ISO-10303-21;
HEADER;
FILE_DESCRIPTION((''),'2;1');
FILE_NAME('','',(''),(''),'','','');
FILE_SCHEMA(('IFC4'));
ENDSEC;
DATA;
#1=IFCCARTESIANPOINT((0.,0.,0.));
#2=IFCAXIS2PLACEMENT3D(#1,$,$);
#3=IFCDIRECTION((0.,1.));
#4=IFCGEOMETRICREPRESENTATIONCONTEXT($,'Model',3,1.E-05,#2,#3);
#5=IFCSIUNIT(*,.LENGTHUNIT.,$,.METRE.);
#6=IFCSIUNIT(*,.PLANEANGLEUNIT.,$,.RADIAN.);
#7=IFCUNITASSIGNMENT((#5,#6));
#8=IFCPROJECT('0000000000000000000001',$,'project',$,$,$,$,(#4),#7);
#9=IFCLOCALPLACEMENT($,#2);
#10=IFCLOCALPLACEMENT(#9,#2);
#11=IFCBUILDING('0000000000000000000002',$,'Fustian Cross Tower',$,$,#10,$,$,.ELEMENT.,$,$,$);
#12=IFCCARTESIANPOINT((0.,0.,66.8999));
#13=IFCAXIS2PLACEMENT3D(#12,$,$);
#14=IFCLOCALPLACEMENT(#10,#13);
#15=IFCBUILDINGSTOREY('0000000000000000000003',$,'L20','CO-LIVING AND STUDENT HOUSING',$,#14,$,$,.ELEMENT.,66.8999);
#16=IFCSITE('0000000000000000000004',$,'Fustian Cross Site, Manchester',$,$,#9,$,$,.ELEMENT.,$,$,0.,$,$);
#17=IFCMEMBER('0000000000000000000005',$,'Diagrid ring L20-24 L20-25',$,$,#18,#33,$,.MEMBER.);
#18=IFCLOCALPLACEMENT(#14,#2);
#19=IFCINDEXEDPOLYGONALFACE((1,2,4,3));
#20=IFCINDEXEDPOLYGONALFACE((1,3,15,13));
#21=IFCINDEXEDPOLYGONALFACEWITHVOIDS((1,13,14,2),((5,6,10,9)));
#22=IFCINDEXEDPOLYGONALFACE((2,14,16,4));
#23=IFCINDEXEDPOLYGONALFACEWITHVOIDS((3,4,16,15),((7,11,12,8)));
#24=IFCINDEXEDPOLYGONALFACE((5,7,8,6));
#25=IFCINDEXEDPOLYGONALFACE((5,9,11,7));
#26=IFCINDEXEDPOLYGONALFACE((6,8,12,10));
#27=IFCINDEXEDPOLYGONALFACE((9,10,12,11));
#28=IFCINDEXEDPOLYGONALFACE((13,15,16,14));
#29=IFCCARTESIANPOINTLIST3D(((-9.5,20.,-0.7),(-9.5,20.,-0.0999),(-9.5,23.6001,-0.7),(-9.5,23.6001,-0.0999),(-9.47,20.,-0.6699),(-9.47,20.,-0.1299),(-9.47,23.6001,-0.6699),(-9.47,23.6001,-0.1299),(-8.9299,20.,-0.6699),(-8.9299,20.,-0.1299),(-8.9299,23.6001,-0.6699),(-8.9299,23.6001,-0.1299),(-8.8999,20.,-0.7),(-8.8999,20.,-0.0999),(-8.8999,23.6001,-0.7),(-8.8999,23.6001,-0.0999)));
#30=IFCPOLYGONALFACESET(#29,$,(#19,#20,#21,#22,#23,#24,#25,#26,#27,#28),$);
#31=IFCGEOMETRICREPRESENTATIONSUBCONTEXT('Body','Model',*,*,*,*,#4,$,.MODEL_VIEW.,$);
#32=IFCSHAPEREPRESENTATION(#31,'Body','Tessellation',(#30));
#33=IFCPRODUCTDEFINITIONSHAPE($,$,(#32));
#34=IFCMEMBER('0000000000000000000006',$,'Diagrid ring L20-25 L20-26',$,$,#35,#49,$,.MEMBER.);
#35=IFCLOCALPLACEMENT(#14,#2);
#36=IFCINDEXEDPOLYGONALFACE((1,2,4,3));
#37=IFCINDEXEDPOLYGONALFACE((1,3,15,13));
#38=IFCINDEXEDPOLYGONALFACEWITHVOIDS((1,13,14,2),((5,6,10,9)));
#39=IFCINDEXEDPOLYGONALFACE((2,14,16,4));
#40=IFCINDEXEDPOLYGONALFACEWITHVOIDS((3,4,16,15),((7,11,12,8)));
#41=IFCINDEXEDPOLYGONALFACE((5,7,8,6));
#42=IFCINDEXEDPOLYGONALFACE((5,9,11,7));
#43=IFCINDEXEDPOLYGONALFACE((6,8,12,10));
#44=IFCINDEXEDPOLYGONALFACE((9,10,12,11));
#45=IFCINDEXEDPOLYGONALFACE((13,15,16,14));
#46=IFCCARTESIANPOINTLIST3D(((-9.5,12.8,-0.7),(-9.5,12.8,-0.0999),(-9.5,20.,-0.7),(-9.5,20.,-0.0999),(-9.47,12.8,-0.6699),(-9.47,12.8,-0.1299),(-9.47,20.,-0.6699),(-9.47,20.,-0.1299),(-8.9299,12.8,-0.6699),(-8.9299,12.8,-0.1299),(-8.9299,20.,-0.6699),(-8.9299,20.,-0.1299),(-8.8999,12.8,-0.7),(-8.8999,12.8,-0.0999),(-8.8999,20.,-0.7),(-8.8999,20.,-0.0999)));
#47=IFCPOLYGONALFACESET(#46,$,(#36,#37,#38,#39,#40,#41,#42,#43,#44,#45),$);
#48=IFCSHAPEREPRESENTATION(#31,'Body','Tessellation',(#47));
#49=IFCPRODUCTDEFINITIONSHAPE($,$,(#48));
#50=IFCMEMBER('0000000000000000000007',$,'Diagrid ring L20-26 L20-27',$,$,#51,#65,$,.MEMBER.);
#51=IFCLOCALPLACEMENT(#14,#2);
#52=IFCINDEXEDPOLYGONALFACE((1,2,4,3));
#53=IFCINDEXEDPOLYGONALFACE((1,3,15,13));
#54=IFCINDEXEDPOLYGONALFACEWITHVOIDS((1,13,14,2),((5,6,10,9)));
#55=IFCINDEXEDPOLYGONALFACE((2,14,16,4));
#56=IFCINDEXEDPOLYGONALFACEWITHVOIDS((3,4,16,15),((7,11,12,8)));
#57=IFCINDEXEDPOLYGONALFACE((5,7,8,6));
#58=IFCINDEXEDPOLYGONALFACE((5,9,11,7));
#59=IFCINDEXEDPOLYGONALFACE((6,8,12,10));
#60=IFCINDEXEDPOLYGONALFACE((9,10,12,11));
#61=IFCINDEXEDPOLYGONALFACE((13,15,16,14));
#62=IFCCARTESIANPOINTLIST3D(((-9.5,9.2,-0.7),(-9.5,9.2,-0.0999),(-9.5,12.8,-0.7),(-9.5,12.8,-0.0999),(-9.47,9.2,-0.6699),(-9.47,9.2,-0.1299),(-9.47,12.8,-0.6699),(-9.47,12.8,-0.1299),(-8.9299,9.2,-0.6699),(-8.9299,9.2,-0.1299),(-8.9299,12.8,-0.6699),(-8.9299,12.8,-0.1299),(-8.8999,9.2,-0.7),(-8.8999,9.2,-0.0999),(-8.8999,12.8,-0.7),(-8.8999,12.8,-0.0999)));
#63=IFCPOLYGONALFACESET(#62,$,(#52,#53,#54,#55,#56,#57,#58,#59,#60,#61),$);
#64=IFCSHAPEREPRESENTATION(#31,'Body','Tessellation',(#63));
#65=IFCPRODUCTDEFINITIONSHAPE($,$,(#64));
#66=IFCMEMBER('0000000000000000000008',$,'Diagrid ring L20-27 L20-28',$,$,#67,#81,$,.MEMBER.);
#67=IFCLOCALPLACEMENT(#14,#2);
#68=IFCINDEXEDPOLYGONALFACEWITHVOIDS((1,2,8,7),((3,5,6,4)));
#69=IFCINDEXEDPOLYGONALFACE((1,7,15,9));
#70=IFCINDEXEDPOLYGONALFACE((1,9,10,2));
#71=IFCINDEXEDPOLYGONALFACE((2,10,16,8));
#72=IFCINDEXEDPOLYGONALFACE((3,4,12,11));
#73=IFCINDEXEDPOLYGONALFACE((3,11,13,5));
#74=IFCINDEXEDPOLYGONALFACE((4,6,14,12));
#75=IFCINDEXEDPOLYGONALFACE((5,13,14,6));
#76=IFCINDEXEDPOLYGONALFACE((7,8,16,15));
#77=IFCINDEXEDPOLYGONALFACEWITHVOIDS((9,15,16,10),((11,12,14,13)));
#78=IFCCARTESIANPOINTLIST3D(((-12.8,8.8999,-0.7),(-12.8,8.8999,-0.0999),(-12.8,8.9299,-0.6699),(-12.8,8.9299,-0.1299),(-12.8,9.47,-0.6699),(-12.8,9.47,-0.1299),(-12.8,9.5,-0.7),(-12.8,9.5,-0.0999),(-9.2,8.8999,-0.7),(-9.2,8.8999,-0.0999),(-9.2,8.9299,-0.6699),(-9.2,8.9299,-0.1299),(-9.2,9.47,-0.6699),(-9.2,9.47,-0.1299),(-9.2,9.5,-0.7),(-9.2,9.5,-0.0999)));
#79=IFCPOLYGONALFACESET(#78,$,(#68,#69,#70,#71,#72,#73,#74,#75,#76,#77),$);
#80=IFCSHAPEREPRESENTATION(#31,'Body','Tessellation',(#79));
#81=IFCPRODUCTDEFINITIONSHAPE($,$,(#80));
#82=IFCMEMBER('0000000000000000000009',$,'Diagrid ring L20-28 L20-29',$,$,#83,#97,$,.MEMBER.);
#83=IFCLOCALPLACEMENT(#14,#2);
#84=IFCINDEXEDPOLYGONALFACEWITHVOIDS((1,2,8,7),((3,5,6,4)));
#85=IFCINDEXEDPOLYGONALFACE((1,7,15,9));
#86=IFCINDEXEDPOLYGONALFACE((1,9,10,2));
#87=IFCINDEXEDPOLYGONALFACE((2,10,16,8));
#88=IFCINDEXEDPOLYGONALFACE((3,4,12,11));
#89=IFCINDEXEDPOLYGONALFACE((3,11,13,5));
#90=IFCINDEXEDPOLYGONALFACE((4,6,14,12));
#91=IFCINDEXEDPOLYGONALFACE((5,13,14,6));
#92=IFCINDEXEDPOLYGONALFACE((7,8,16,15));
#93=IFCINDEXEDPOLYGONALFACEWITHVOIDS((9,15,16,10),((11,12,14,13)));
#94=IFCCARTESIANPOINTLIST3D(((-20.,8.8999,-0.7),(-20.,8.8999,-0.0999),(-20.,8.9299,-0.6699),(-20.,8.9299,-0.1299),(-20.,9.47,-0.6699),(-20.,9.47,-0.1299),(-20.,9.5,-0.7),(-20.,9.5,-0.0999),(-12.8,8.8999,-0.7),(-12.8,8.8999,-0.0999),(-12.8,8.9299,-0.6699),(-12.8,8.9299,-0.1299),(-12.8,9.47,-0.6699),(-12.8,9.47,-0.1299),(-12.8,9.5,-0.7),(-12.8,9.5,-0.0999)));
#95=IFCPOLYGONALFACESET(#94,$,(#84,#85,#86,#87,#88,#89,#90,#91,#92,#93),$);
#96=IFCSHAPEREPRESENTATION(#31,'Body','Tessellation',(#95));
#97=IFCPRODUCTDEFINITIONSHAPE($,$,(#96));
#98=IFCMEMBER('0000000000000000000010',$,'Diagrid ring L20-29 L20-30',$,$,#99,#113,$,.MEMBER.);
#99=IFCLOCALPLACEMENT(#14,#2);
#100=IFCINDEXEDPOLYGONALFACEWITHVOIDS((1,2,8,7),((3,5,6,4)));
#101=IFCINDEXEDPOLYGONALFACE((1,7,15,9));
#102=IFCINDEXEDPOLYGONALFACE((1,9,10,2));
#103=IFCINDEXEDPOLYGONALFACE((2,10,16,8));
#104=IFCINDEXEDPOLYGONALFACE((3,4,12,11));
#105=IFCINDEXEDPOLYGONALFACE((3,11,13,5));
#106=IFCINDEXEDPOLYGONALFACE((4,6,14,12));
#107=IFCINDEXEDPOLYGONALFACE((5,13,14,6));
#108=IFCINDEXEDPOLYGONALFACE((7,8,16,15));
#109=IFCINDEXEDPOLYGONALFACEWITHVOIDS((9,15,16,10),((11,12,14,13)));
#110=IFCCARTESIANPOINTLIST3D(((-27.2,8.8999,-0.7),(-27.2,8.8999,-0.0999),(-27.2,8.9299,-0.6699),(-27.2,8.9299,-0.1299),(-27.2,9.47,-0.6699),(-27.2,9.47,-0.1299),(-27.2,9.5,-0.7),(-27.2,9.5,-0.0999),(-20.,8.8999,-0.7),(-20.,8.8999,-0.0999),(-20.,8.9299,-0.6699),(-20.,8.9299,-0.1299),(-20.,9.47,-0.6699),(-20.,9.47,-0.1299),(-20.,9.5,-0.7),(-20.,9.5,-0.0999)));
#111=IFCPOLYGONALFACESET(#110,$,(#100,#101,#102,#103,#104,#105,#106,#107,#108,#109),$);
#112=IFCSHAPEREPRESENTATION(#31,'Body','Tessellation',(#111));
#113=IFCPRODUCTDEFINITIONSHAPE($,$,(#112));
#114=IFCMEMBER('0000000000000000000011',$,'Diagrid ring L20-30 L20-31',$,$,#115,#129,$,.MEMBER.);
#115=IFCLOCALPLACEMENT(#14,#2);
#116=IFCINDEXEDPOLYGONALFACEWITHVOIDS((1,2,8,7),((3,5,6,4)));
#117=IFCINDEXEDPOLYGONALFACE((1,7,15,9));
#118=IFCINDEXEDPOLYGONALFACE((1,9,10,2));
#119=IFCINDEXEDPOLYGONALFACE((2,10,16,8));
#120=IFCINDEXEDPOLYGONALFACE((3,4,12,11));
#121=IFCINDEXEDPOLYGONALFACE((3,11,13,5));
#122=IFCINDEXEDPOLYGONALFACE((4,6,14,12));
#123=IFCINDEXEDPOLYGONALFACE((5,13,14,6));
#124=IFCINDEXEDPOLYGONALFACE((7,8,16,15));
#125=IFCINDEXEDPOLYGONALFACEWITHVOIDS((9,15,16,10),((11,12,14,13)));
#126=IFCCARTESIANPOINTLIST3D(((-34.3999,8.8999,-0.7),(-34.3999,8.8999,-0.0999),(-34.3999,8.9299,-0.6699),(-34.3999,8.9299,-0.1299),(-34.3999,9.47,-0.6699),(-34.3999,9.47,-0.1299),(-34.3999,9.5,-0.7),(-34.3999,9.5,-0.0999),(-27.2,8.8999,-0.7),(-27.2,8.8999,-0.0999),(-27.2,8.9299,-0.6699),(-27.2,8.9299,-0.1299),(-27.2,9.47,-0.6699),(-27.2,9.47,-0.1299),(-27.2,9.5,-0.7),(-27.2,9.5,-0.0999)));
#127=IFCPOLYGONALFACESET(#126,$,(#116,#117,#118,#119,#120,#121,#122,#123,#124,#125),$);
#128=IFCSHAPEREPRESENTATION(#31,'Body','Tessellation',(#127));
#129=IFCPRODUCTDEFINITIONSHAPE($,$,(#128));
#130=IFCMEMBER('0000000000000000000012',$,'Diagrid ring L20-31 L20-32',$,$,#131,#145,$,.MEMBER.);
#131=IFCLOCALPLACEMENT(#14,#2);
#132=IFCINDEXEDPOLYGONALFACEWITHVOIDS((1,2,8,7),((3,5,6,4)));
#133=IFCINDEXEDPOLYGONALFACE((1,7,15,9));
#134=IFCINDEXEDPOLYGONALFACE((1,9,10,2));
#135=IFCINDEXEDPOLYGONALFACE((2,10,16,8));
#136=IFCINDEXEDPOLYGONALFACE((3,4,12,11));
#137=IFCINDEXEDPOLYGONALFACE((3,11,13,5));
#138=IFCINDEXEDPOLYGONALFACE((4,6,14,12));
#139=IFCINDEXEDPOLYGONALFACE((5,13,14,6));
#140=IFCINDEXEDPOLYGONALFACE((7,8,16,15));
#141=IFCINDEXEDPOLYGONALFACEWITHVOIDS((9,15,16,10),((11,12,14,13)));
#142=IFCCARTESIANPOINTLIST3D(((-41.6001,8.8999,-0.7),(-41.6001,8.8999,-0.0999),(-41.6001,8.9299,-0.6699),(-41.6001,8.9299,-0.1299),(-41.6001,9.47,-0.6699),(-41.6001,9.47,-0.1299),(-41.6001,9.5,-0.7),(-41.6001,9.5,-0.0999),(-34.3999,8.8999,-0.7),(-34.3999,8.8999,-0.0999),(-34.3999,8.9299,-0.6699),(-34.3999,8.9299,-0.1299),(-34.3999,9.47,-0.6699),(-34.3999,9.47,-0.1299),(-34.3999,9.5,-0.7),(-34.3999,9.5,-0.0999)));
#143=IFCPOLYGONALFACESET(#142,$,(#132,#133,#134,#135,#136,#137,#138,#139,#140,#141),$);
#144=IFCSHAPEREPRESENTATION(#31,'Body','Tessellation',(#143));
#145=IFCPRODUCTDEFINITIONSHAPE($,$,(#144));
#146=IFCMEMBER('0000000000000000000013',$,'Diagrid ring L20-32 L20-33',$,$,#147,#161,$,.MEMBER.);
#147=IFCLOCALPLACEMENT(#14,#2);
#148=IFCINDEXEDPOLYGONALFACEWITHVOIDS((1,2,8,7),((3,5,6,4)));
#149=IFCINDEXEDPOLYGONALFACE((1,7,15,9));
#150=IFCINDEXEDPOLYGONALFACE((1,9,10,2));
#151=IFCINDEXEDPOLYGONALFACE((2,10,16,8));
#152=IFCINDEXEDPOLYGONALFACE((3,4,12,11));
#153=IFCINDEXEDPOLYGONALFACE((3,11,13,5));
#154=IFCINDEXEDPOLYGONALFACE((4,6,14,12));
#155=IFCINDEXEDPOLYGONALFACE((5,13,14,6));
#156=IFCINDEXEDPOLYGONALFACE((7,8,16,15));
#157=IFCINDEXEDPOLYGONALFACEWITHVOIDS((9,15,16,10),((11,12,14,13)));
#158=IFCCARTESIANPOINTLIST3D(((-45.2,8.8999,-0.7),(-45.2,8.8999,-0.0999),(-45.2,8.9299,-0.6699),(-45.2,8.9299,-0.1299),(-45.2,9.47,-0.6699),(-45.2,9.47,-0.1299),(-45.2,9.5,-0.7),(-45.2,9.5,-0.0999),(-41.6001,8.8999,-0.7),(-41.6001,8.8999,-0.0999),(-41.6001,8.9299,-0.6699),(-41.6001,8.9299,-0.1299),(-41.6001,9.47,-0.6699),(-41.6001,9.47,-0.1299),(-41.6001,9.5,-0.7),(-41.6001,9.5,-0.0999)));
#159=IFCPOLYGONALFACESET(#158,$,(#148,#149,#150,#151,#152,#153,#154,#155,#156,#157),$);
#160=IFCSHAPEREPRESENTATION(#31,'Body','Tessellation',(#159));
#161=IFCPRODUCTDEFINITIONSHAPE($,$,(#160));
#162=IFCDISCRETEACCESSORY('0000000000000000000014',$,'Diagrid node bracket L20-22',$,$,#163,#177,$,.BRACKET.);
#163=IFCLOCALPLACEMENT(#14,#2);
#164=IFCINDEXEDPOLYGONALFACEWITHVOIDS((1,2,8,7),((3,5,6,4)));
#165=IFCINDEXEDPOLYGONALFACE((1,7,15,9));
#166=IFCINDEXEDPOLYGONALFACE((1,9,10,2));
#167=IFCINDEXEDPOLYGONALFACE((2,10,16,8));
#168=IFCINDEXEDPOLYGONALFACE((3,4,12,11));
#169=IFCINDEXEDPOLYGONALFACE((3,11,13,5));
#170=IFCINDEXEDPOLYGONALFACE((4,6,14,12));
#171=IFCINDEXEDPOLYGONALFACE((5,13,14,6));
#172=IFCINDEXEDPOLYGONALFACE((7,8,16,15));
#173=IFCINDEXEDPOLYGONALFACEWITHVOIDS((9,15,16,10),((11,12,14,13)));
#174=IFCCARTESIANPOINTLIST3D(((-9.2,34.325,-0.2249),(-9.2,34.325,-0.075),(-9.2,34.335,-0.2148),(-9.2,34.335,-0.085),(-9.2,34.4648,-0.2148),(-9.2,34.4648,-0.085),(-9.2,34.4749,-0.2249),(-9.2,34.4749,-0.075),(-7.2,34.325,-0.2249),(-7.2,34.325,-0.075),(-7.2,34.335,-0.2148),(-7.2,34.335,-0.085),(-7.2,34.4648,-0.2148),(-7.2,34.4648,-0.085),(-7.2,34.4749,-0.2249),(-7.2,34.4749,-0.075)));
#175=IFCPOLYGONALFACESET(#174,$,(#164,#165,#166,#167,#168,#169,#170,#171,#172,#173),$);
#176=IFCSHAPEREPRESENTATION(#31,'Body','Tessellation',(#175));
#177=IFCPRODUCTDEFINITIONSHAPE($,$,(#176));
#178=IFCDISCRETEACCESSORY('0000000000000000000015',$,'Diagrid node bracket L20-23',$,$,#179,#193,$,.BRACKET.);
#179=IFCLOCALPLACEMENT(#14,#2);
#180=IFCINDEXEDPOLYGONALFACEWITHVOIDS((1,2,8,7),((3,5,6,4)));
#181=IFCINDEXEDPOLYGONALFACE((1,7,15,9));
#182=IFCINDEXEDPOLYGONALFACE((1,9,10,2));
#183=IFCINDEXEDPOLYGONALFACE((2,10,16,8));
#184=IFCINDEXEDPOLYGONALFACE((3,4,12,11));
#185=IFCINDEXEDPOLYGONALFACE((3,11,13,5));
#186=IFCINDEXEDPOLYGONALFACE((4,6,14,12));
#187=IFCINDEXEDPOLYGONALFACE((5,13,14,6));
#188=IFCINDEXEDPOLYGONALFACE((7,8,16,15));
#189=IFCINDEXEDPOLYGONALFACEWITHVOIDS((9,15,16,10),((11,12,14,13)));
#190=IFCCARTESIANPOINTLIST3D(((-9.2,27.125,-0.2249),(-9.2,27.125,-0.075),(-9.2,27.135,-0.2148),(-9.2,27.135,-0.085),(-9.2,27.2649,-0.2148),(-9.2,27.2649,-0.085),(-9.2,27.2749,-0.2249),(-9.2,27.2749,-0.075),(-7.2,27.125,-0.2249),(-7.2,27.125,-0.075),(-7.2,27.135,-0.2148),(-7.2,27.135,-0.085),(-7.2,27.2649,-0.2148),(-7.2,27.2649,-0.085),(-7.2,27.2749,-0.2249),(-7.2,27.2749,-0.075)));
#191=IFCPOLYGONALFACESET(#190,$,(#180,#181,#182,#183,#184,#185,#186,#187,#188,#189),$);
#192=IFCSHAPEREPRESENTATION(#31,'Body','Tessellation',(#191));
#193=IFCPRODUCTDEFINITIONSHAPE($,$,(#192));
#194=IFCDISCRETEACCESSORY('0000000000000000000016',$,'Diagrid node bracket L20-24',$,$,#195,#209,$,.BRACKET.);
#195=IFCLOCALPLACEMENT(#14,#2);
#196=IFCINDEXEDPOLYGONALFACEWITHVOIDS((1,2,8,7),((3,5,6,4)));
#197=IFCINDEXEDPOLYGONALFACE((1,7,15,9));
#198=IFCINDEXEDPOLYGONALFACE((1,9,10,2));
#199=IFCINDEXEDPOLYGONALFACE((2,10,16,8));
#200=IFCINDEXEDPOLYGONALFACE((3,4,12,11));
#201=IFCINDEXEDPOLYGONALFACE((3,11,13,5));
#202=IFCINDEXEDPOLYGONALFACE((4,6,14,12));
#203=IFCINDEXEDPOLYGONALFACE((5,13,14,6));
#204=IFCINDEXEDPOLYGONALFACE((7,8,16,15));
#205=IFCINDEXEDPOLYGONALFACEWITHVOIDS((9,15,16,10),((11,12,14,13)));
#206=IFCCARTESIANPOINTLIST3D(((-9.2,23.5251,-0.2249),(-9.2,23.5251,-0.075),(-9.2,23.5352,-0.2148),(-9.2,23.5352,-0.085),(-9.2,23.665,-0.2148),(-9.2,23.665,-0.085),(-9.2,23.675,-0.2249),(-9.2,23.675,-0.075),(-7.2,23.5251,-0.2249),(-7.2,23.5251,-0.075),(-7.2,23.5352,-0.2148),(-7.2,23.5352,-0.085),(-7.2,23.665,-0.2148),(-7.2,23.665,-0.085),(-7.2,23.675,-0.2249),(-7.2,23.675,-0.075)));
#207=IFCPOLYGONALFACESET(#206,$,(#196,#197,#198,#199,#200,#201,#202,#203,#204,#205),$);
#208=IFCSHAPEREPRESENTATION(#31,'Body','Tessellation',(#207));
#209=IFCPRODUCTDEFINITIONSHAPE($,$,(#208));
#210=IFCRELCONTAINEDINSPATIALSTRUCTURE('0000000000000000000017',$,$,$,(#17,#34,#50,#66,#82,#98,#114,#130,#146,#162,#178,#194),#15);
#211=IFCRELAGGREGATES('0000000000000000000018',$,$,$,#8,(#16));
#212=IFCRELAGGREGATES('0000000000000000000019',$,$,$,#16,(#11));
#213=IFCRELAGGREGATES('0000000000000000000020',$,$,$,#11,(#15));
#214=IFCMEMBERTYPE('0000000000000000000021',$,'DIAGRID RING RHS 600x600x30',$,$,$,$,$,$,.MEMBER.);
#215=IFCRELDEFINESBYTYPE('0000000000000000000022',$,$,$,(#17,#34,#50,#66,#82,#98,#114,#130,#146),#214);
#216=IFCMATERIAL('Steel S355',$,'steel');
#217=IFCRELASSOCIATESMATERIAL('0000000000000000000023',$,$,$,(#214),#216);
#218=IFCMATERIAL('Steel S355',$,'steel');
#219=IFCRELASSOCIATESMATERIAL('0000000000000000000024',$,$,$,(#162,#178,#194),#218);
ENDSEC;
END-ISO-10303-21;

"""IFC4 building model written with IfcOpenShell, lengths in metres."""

from ifc_helpers import new_model, si_unit, direction, frame, origin, origin_2d, place, context, subcontext, project, spatial, hollow_rectangle, extrude, material, material_profile, profile_set, type_object, element, save


model = new_model("IFC4")

# Units and contexts
model_context = context("Model", 3, precision=1e-05, world=origin(), true_north=direction((0.0, 1.0)))
body_context = subcontext(model_context, "Body", "Model", "MODEL_VIEW")
ifc_project = project(units=[si_unit("LENGTHUNIT", "METRE"), si_unit("PLANEANGLEUNIT", "RADIAN")], contexts=[model_context])

# Site, building, storey
site_placement = place(None, origin())
site = spatial("IfcSite", under=ifc_project, at=site_placement, Name="Fustian Cross Site, Manchester", CompositionType="ELEMENT", RefElevation=0.0)
building_placement = place(site_placement, origin())
building = spatial("IfcBuilding", under=site, at=building_placement, Name="Fustian Cross Tower", CompositionType="ELEMENT")
storey_placement = place(building_placement, frame((0.0, 0.0, 66.8999)))
storey = spatial("IfcBuildingStorey", under=building, at=storey_placement, Name="L20", Description="CO-LIVING AND STUDENT HOUSING", CompositionType="ELEMENT", Elevation=66.8999)

# Members
ifc_material_1 = material(Name="Steel S355", Category="steel")
ifc_material_profile_1 = material_profile(ifc_material_1, hollow_rectangle(XDim=0.6001, YDim=0.6001, WallThickness=0.03, at=origin_2d()), Name="RHS 600x600x30")
ifc_profile_set_1 = profile_set([ifc_material_profile_1], Name="Steel S355")
member_type_1 = type_object("IfcMemberType", Name="DIAGRID RING RHS 600x600x30", PredefinedType="MEMBER", material=ifc_profile_set_1)
member_1_placement = place(storey_placement, frame((-9.2, 23.6001, -0.3999), z_axis=(0.0, -1.0, 0.0), x_axis=(1.0, 0.0, 0.0)))
element("IfcMember", 1, at=member_1_placement, inside=storey, type_object=member_type_1, Name="Diagrid ring L20-24 L20-25", PredefinedType="MEMBER", context=body_context, shape_type="SweptSolid", body=[
    extrude(hollow_rectangle(XDim=0.6001, YDim=0.6001, WallThickness=0.03, at=origin_2d()), origin(), (0.0, 0.0, 1.0), 3.6001),
])
member_2_placement = place(storey_placement, frame((-9.2, 20.0, -0.3999), z_axis=(0.0, -1.0, 0.0), x_axis=(1.0, 0.0, 0.0)))
element("IfcMember", 2, at=member_2_placement, inside=storey, type_object=member_type_1, Name="Diagrid ring L20-25 L20-26", PredefinedType="MEMBER", context=body_context, shape_type="SweptSolid", body=[
    extrude(hollow_rectangle(XDim=0.6001, YDim=0.6001, WallThickness=0.03, at=origin_2d()), origin(), (0.0, 0.0, 1.0), 7.2),
])
for number, where, z_axis, x_axis, name in (
    (3, (-9.2, 12.8, -0.3999), (0.0, -1.0, 0.0), (1.0, 0.0, 0.0), "Diagrid ring L20-26 L20-27"),
    (4, (-9.2, 9.2, -0.3999), (-1.0, 0.0, 0.0), (0.0, -1.0, 0.0), "Diagrid ring L20-27 L20-28"),
):
    element("IfcMember", number, at=place(storey_placement, frame(where, z_axis=z_axis, x_axis=x_axis)), inside=storey, type_object=member_type_1, Name=name, PredefinedType="MEMBER", context=body_context, shape_type="SweptSolid", body=[
        extrude(hollow_rectangle(XDim=0.6001, YDim=0.6001, WallThickness=0.03, at=origin_2d()), origin(), (0.0, 0.0, 1.0), 3.6001),
    ])
for number, where, z_axis, x_axis, name in (
    (5, (-12.8, 9.2, -0.3999), (-1.0, 0.0, 0.0), (0.0, -1.0, 0.0), "Diagrid ring L20-28 L20-29"),
    (6, (-20.0, 9.2, -0.3999), (-1.0, 0.0, 0.0), (0.0, -1.0, 0.0), "Diagrid ring L20-29 L20-30"),
    (7, (-27.2, 9.2, -0.3999), (-1.0, 0.0, 0.0), (0.0, -1.0, 0.0), "Diagrid ring L20-30 L20-31"),
):
    element("IfcMember", number, at=place(storey_placement, frame(where, z_axis=z_axis, x_axis=x_axis)), inside=storey, type_object=member_type_1, Name=name, PredefinedType="MEMBER", context=body_context, shape_type="SweptSolid", body=[
        extrude(hollow_rectangle(XDim=0.6001, YDim=0.6001, WallThickness=0.03, at=origin_2d()), origin(), (0.0, 0.0, 1.0), 7.2),
    ])
member_3_placement = place(storey_placement, frame((-34.3999, 9.2, -0.3999), z_axis=(-1.0, 0.0, 0.0), x_axis=(0.0, -1.0, 0.0)))
element("IfcMember", 8, at=member_3_placement, inside=storey, type_object=member_type_1, Name="Diagrid ring L20-31 L20-32", PredefinedType="MEMBER", context=body_context, shape_type="SweptSolid", body=[
    extrude(hollow_rectangle(XDim=0.6001, YDim=0.6001, WallThickness=0.03, at=origin_2d()), origin(), (0.0, 0.0, 1.0), 7.2002),
])
member_4_placement = place(storey_placement, frame((-41.6001, 9.2, -0.3999), z_axis=(-1.0, 0.0, 0.0), x_axis=(0.0, -1.0, 0.0)))
element("IfcMember", 9, at=member_4_placement, inside=storey, type_object=member_type_1, Name="Diagrid ring L20-32 L20-33", PredefinedType="MEMBER", context=body_context, shape_type="SweptSolid", body=[
    extrude(hollow_rectangle(XDim=0.6001, YDim=0.6001, WallThickness=0.03, at=origin_2d()), origin(), (0.0, 0.0, 1.0), 3.5999),
])

# Discrete accessories
ifc_material_2 = material(Name="Steel S355", Category="steel")
for number, where, z_axis, x_axis, name in (
    (10, (-9.2, 34.3999, -0.1499), (1.0, 0.0, 0.0), (0.0, 1.0, 0.0), "Diagrid node bracket L20-22"),
    (11, (-9.2, 27.2, -0.1499), (1.0, 0.0, 0.0), (0.0, 1.0, 0.0), "Diagrid node bracket L20-23"),
    (12, (-9.2, 23.6001, -0.1499), (1.0, 0.0, 0.0), (0.0, 1.0, 0.0), "Diagrid node bracket L20-24"),
):
    element("IfcDiscreteAccessory", number, at=place(storey_placement, frame(where, z_axis=z_axis, x_axis=x_axis)), inside=storey, material=ifc_material_2, Name=name, PredefinedType="BRACKET", context=body_context, shape_type="SweptSolid", body=[
        extrude(hollow_rectangle(XDim=0.1499, YDim=0.1499, WallThickness=0.01, at=origin_2d()), origin(), (0.0, 0.0, 1.0), 2.0),
    ])

save(model, "model.ifc")
